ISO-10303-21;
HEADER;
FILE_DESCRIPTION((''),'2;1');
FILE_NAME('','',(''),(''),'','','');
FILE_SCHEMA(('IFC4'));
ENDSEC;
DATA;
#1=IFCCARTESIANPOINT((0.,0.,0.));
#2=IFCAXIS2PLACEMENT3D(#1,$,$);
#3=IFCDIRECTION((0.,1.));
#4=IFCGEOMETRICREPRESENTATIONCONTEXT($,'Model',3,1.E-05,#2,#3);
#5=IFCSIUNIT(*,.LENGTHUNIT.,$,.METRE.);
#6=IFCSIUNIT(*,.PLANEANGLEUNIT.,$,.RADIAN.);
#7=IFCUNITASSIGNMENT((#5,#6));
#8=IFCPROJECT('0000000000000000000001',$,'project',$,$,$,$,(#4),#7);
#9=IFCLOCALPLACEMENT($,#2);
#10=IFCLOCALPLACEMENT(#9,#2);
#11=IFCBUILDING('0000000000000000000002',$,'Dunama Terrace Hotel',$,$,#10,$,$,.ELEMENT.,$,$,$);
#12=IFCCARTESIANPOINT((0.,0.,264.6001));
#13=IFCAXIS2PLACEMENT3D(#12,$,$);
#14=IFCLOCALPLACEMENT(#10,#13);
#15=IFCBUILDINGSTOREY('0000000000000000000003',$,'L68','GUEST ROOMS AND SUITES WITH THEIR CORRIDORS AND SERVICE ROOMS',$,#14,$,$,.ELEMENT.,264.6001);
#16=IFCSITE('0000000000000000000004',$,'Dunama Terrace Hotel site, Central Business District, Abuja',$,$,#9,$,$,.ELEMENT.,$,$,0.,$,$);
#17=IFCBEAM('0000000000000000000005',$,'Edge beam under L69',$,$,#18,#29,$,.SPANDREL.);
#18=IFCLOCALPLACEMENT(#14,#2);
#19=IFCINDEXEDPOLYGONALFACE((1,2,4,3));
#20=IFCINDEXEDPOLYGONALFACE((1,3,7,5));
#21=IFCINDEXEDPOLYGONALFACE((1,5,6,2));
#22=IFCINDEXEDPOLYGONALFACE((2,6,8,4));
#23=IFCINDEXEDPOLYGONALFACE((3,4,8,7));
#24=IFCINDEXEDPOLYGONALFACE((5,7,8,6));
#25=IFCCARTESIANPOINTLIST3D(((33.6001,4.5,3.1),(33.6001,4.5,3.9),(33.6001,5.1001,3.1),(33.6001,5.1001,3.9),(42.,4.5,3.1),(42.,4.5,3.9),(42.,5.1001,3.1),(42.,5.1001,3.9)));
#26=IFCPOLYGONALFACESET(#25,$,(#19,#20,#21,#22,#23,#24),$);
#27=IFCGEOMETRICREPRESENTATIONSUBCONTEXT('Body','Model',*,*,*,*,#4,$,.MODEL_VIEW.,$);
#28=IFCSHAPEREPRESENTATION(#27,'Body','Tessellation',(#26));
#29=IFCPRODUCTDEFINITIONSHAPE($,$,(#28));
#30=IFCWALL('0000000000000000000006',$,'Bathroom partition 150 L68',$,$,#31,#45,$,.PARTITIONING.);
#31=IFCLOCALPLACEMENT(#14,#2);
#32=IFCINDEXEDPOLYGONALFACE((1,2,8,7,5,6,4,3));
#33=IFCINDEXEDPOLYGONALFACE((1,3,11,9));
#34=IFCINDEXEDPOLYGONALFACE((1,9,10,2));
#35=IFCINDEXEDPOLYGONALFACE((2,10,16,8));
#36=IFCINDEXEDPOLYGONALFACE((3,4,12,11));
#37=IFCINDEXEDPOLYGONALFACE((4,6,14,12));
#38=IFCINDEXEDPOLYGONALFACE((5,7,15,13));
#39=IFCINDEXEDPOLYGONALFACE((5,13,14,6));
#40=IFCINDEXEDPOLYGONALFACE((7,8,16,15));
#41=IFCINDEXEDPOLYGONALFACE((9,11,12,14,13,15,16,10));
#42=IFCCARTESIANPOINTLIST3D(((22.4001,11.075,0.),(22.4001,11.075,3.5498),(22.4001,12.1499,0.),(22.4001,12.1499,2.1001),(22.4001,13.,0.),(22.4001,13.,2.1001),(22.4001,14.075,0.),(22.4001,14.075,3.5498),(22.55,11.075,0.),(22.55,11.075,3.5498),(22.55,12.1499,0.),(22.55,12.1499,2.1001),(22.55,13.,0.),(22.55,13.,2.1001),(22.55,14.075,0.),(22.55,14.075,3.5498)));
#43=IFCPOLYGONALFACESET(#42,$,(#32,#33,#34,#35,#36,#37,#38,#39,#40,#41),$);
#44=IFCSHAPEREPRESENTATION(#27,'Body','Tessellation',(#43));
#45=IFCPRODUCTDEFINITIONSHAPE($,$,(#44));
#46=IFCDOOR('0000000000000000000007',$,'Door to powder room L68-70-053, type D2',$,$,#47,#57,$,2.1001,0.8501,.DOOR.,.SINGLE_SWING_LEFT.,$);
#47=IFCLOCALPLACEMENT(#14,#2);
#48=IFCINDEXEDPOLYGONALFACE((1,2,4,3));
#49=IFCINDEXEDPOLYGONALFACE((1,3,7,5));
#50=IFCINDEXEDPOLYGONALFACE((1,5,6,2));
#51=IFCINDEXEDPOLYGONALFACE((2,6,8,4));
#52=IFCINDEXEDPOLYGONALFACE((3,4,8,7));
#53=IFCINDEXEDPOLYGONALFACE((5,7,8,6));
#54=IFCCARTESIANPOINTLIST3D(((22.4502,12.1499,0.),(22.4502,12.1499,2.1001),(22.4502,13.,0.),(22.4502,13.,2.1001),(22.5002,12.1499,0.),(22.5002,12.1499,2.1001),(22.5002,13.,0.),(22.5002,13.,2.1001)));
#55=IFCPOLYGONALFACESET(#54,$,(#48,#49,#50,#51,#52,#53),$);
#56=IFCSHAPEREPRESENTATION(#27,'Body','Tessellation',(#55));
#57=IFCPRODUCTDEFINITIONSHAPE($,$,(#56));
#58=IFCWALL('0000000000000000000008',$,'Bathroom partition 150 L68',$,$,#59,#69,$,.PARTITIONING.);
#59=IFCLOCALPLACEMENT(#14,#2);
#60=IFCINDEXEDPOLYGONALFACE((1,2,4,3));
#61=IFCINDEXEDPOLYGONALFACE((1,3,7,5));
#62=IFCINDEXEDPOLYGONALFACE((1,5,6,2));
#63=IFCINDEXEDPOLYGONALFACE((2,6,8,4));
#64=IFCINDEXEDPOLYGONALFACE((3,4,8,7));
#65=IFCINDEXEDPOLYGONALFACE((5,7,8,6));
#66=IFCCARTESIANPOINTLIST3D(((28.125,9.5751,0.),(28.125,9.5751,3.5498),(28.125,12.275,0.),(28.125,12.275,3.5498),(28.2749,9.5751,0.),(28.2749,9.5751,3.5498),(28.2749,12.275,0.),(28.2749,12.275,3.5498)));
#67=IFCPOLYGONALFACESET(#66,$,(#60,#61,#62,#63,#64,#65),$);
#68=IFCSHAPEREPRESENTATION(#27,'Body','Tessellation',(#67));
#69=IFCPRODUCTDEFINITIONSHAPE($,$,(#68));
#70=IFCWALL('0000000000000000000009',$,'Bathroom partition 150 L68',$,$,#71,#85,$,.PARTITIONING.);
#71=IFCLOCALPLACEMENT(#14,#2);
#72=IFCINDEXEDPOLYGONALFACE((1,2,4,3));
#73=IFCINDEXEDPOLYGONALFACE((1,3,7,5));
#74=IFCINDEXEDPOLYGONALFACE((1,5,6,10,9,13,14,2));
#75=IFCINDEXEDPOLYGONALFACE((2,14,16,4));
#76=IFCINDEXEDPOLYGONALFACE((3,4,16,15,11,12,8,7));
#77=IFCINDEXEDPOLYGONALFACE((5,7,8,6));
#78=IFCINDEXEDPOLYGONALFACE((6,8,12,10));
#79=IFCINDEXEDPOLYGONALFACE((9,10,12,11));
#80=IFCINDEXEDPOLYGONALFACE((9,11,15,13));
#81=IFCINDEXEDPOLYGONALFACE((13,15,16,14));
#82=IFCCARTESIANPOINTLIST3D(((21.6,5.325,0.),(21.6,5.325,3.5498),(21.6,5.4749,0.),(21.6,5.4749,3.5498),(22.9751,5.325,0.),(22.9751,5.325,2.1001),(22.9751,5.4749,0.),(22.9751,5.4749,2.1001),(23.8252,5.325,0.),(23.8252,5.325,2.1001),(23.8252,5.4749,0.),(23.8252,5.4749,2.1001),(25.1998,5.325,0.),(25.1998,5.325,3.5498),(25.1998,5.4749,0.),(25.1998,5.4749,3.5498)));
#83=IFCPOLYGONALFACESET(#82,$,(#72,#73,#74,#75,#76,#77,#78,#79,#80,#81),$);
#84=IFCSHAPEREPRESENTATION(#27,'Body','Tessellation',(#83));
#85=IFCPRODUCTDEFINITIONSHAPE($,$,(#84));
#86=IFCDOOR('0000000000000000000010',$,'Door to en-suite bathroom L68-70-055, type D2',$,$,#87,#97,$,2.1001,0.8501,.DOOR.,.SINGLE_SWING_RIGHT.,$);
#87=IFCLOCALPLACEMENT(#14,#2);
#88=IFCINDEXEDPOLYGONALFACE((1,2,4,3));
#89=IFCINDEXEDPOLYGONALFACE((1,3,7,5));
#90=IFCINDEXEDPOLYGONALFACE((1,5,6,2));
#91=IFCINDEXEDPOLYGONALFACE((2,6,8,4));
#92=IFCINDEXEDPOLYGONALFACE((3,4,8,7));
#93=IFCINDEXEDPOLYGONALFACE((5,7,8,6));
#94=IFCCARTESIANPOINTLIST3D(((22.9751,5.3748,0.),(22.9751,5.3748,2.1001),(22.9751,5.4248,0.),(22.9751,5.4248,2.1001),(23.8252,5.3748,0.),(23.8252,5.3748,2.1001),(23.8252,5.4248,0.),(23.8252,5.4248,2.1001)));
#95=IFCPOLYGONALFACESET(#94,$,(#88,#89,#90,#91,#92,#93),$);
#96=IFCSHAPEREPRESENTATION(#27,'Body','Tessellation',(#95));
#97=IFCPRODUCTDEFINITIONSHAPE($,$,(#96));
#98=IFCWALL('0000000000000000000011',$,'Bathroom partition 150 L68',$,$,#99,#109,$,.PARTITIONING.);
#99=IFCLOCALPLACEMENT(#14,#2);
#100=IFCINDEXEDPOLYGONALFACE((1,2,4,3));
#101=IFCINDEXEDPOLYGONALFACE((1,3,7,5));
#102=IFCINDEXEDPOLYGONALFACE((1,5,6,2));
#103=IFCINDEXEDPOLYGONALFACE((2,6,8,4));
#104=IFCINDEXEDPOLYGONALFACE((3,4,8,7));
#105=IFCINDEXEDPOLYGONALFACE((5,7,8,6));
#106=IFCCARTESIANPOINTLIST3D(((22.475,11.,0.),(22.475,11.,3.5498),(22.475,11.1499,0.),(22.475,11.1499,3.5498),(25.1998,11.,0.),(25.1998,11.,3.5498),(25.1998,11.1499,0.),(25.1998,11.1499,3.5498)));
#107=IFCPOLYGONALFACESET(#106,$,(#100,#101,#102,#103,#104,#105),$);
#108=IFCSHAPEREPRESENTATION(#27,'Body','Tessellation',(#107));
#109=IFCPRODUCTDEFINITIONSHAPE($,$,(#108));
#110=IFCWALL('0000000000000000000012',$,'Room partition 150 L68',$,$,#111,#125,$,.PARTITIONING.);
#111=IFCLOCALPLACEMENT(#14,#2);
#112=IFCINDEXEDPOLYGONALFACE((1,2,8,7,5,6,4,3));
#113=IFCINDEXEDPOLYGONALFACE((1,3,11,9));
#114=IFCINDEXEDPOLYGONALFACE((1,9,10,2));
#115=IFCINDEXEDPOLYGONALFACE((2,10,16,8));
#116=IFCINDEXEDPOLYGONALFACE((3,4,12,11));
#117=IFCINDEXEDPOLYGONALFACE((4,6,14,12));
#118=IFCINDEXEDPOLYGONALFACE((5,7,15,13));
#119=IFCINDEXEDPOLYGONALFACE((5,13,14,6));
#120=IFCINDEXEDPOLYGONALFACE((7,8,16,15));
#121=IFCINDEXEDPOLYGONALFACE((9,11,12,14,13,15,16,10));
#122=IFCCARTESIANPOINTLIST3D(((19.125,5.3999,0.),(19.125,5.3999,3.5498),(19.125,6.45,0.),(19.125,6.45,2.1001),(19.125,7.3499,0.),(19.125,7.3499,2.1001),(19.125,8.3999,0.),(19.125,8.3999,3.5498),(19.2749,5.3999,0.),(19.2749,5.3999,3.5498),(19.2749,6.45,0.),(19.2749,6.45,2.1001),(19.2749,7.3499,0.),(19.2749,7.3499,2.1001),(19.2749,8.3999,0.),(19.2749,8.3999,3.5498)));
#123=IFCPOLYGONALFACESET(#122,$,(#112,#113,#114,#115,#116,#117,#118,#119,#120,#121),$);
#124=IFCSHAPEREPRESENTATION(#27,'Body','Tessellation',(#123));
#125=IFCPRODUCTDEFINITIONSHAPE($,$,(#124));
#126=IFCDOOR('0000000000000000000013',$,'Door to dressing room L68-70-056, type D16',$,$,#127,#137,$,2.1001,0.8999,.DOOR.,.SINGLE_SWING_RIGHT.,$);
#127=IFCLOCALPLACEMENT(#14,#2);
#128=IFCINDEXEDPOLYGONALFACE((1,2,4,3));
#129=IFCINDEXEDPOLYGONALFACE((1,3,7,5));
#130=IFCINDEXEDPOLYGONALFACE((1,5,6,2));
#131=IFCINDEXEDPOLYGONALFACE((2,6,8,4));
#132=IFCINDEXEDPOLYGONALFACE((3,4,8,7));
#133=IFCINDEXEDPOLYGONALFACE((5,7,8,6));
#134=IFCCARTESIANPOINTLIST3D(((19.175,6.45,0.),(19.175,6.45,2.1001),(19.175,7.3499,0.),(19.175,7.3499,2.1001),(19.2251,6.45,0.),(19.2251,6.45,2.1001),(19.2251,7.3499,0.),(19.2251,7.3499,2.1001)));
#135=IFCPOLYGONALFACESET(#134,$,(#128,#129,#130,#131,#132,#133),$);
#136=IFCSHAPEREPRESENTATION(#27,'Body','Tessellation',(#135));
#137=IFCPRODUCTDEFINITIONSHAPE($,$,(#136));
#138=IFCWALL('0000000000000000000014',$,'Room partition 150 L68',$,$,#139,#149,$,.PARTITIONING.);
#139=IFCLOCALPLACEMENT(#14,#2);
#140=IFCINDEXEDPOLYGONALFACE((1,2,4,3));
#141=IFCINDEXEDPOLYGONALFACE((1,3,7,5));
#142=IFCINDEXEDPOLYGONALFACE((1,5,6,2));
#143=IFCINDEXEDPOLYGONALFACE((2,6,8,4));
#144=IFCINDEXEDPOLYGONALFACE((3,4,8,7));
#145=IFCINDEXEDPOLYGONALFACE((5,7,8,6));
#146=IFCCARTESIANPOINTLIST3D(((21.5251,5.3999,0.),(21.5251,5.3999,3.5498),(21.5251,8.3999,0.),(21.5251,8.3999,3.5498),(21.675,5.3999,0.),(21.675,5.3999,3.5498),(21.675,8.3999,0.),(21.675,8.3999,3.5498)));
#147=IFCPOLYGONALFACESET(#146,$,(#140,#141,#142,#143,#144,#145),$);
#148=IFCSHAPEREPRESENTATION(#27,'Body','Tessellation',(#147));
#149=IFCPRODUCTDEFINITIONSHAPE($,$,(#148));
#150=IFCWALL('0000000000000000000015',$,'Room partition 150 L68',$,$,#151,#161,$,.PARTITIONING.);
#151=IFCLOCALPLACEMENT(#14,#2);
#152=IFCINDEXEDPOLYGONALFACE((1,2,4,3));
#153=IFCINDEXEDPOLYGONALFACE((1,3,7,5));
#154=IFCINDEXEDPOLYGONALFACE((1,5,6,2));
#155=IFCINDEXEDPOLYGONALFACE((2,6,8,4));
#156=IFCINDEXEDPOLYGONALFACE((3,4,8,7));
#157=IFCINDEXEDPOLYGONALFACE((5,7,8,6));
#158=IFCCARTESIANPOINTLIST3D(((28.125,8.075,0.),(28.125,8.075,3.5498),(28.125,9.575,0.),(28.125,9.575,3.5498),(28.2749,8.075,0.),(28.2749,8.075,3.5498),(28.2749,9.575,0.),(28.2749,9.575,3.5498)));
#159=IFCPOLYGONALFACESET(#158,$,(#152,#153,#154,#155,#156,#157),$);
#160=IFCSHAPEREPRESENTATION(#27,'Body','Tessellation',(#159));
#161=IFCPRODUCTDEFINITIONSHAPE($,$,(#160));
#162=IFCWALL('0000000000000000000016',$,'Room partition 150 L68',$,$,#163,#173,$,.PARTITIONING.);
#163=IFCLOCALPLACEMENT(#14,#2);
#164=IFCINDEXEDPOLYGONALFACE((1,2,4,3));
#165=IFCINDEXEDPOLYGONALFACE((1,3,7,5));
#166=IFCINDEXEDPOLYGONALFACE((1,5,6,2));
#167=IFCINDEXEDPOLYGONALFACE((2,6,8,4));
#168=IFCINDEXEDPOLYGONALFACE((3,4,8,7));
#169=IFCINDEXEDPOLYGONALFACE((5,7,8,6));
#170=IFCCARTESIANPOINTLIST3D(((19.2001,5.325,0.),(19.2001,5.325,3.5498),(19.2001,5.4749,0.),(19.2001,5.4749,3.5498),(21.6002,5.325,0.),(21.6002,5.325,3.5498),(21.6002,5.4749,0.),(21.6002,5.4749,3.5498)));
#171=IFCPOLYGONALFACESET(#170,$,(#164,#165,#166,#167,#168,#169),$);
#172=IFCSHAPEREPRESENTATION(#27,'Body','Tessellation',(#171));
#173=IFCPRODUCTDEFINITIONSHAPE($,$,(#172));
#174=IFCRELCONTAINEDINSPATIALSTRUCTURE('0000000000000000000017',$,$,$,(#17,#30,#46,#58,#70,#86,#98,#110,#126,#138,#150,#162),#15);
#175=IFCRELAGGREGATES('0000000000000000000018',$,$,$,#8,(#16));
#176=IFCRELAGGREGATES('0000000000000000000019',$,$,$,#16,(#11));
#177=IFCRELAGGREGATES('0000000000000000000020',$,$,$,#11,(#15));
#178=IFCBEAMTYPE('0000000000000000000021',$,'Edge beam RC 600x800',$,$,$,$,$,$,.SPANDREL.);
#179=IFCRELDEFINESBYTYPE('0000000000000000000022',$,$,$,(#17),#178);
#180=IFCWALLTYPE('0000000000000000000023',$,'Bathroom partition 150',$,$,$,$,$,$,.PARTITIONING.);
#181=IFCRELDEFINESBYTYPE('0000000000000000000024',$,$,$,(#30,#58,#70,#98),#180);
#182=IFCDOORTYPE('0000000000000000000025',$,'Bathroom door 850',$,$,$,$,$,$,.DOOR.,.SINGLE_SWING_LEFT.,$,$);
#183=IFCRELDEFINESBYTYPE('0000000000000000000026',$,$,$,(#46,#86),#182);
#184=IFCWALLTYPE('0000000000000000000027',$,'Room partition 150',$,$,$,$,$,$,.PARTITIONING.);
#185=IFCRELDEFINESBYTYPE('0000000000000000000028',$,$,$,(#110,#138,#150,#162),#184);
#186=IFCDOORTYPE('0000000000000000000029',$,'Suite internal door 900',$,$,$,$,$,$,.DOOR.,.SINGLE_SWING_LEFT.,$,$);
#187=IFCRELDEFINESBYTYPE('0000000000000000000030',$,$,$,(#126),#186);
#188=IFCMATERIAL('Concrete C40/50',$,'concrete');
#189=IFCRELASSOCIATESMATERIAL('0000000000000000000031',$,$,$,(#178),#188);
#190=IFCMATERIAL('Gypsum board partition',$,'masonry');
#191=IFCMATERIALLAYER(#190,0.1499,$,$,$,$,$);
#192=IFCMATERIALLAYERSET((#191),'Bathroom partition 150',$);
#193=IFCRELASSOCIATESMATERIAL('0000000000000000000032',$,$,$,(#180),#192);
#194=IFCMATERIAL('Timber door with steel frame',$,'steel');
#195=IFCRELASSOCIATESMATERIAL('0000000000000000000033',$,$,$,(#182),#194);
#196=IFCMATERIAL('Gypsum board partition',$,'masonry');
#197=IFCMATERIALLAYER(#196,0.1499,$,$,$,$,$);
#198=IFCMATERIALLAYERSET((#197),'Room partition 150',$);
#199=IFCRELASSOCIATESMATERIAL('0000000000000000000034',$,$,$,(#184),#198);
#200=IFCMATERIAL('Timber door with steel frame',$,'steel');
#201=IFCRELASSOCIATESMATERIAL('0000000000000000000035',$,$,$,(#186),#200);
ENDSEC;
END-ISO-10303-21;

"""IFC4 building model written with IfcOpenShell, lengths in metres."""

from ifc_helpers import new_model, si_unit, direction, frame, frame_2d, origin, origin_2d, place, context, subcontext, project, spatial, rectangle, extrude, material, layer, layer_set, material_profile, profile_set, type_object, element, fill, save


model = new_model("IFC4")

# Units and contexts
model_context = context("Model", 3, precision=1e-05, world=origin(), true_north=direction((0.0, 1.0)))
body_context = subcontext(model_context, "Body", "Model", "MODEL_VIEW")
ifc_project = project(units=[si_unit("LENGTHUNIT", "METRE"), si_unit("PLANEANGLEUNIT", "RADIAN")], contexts=[model_context])

# Site, building, storey
site_placement = place(None, origin())
site = spatial("IfcSite", under=ifc_project, at=site_placement, Name="Dunama Terrace Hotel site, Central Business District, Abuja", CompositionType="ELEMENT", RefElevation=0.0)
building_placement = place(site_placement, origin())
building = spatial("IfcBuilding", under=site, at=building_placement, Name="Dunama Terrace Hotel", CompositionType="ELEMENT")
storey_placement = place(building_placement, frame((0.0, 0.0, 264.6001)))
storey = spatial("IfcBuildingStorey", under=building, at=storey_placement, Name="L68", Description="GUEST ROOMS AND SUITES WITH THEIR CORRIDORS AND SERVICE ROOMS", CompositionType="ELEMENT", Elevation=264.6001)

# Beam
ifc_material_1 = material(Name="Concrete C40/50", Category="concrete")
ifc_material_profile = material_profile(ifc_material_1, rectangle(XDim=0.6001, YDim=0.8, at=origin_2d()), Name="RC 600x800")
ifc_profile_set = profile_set([ifc_material_profile], Name="Concrete C40/50")
beam_type = type_object("IfcBeamType", Name="Edge beam RC 600x800", PredefinedType="SPANDREL", material=ifc_profile_set)
beam_placement = place(storey_placement, frame((33.6001, 4.8, 3.5), z_axis=(1.0, 0.0, 0.0), x_axis=(0.0, 1.0, 0.0)))
element("IfcBeam", 1, at=beam_placement, inside=storey, type_object=beam_type, Name="Edge beam under L69", PredefinedType="SPANDREL", context=body_context, shape_type="SweptSolid", body=[
    extrude(rectangle(XDim=0.6001, YDim=0.8, at=origin_2d()), origin(), (0.0, 0.0, 1.0), 8.3999),
])

# Wall, opening, door
ifc_material_2 = material(Name="Gypsum board partition", Category="masonry")
ifc_layer_1 = layer(ifc_material_2, 0.1499)
ifc_layer_set_1 = layer_set([ifc_layer_1], Name="Bathroom partition 150")
wall_type_1 = type_object("IfcWallType", Name="Bathroom partition 150", PredefinedType="PARTITIONING", material=ifc_layer_set_1)
wall_1_placement = place(storey_placement, frame((22.4751, 11.075, 0.0), z_axis=(0.0, 0.0, 1.0), x_axis=(0.0, 1.0, 0.0)))
wall_1 = element("IfcWall", 2, at=wall_1_placement, inside=storey, type_object=wall_type_1, Name="Bathroom partition 150 L68", PredefinedType="PARTITIONING", context=body_context, shape_type="SweptSolid", body=[
    extrude(rectangle(XDim=3.0, YDim=0.1499, at=frame_2d((1.5, 0.0))), origin(), (0.0, 0.0, 1.0), 3.5498),
])
opening_1_placement = place(wall_1_placement, frame((1.075, 0.0, 0.0)))
opening_1 = element("IfcOpeningElement", 3, at=opening_1_placement, cuts=wall_1, PredefinedType="OPENING", context=body_context, shape_type="SweptSolid", body=[
    extrude(rectangle(XDim=0.8501, YDim=2.1001, at=frame_2d((0.425, 1.05))), frame((0.0, 0.085, 0.0), z_axis=(0.0, -1.0, 0.0), x_axis=(1.0, 0.0, 0.0)), (0.0, 0.0, 1.0), 0.1699),
])
ifc_material_3 = material(Name="Timber door with steel frame", Category="steel")
door_type_1 = type_object("IfcDoorType", Name="Bathroom door 850", OperationType="SINGLE_SWING_LEFT", PredefinedType="DOOR", material=ifc_material_3)
door_1_placement = place(opening_1_placement, frame((0.8501, 0.0, 0.0), z_axis=(0.0, 0.0, 1.0), x_axis=(-1.0, 0.0, 0.0)))
door_1 = element("IfcDoor", 4, at=door_1_placement, inside=storey, type_object=door_type_1, Name="Door to powder room L68-70-053, type D2", OperationType="SINGLE_SWING_LEFT", OverallHeight=2.1001, OverallWidth=0.8501, PredefinedType="DOOR", context=body_context, shape_type="SweptSolid", body=[
    extrude(rectangle(XDim=0.8501, YDim=2.1001, at=frame_2d((0.425, 1.05))), frame((0.0, 0.0251, 0.0), z_axis=(0.0, -1.0, 0.0), x_axis=(1.0, 0.0, 0.0)), (0.0, 0.0, 1.0), 0.05),
])
fill(opening_1, door_1)

# Wall
wall_2_placement = place(storey_placement, frame((28.2, 9.575, 0.0), z_axis=(0.0, 0.0, 1.0), x_axis=(0.0, 1.0, 0.0)))
element("IfcWall", 5, at=wall_2_placement, inside=storey, type_object=wall_type_1, Name="Bathroom partition 150 L68", PredefinedType="PARTITIONING", context=body_context, shape_type="SweptSolid", body=[
    extrude(rectangle(XDim=2.7, YDim=0.1499, at=frame_2d((1.3501, 0.0))), origin(), (0.0, 0.0, 1.0), 3.5498),
])

# Wall, opening, door
wall_3_placement = place(storey_placement, frame((21.6001, 5.3999, 0.0), z_axis=(0.0, 0.0, 1.0), x_axis=(1.0, 0.0, 0.0)))
wall_3 = element("IfcWall", 6, at=wall_3_placement, inside=storey, type_object=wall_type_1, Name="Bathroom partition 150 L68", PredefinedType="PARTITIONING", context=body_context, shape_type="SweptSolid", body=[
    extrude(rectangle(XDim=3.5999, YDim=0.1499, at=frame_2d((1.7998, 0.0))), origin(), (0.0, 0.0, 1.0), 3.5498),
])
opening_2_placement = place(wall_3_placement, frame((1.375, 0.0, 0.0)))
opening_2 = element("IfcOpeningElement", 7, at=opening_2_placement, cuts=wall_3, PredefinedType="OPENING", context=body_context, shape_type="SweptSolid", body=[
    extrude(rectangle(XDim=0.8501, YDim=2.1001, at=frame_2d((0.425, 1.05))), frame((0.0, 0.085, 0.0), z_axis=(0.0, -1.0, 0.0), x_axis=(1.0, 0.0, 0.0)), (0.0, 0.0, 1.0), 0.1699),
])
door_2_placement = place(opening_2_placement, origin())
door_2 = element("IfcDoor", 8, at=door_2_placement, inside=storey, type_object=door_type_1, Name="Door to en-suite bathroom L68-70-055, type D2", OperationType="SINGLE_SWING_RIGHT", OverallHeight=2.1001, OverallWidth=0.8501, PredefinedType="DOOR", context=body_context, shape_type="SweptSolid", body=[
    extrude(rectangle(XDim=0.8501, YDim=2.1001, at=frame_2d((0.425, 1.05))), frame((0.0, 0.0249, 0.0), z_axis=(0.0, -1.0, 0.0), x_axis=(1.0, 0.0, 0.0)), (0.0, 0.0, 1.0), 0.05),
])
fill(opening_2, door_2)

# Wall
wall_4_placement = place(storey_placement, frame((22.4751, 11.075, 0.0), z_axis=(0.0, 0.0, 1.0), x_axis=(1.0, 0.0, 0.0)))
element("IfcWall", 9, at=wall_4_placement, inside=storey, type_object=wall_type_1, Name="Bathroom partition 150 L68", PredefinedType="PARTITIONING", context=body_context, shape_type="SweptSolid", body=[
    extrude(rectangle(XDim=2.7249, YDim=0.1499, at=frame_2d((1.3623, 0.0))), origin(), (0.0, 0.0, 1.0), 3.5498),
])

# Wall, opening, door
ifc_material_4 = material(Name="Gypsum board partition", Category="masonry")
ifc_layer_2 = layer(ifc_material_4, 0.1499)
ifc_layer_set_2 = layer_set([ifc_layer_2], Name="Room partition 150")
wall_type_2 = type_object("IfcWallType", Name="Room partition 150", PredefinedType="PARTITIONING", material=ifc_layer_set_2)
wall_5_placement = place(storey_placement, frame((19.2, 5.3999, 0.0), z_axis=(0.0, 0.0, 1.0), x_axis=(0.0, 1.0, 0.0)))
wall_5 = element("IfcWall", 10, at=wall_5_placement, inside=storey, type_object=wall_type_2, Name="Room partition 150 L68", PredefinedType="PARTITIONING", context=body_context, shape_type="SweptSolid", body=[
    extrude(rectangle(XDim=3.0, YDim=0.1499, at=frame_2d((1.5, 0.0))), origin(), (0.0, 0.0, 1.0), 3.5498),
])
opening_3_placement = place(wall_5_placement, frame((1.05, 0.0, 0.0)))
opening_3 = element("IfcOpeningElement", 11, at=opening_3_placement, cuts=wall_5, PredefinedType="OPENING", context=body_context, shape_type="SweptSolid", body=[
    extrude(rectangle(XDim=0.8999, YDim=2.1001, at=frame_2d((0.45, 1.05))), frame((0.0, 0.085, 0.0), z_axis=(0.0, -1.0, 0.0), x_axis=(1.0, 0.0, 0.0)), (0.0, 0.0, 1.0), 0.1699),
])
ifc_material_5 = material(Name="Timber door with steel frame", Category="steel")
door_type_2 = type_object("IfcDoorType", Name="Suite internal door 900", OperationType="SINGLE_SWING_LEFT", PredefinedType="DOOR", material=ifc_material_5)
door_3_placement = place(opening_3_placement, frame((0.8999, 0.0, 0.0), z_axis=(0.0, 0.0, 1.0), x_axis=(-1.0, 0.0, 0.0)))
door_3 = element("IfcDoor", 12, at=door_3_placement, inside=storey, type_object=door_type_2, Name="Door to dressing room L68-70-056, type D16", OperationType="SINGLE_SWING_RIGHT", OverallHeight=2.1001, OverallWidth=0.8999, PredefinedType="DOOR", context=body_context, shape_type="SweptSolid", body=[
    extrude(rectangle(XDim=0.8999, YDim=2.1001, at=frame_2d((0.45, 1.05))), frame((0.0, 0.0251, 0.0), z_axis=(0.0, -1.0, 0.0), x_axis=(1.0, 0.0, 0.0)), (0.0, 0.0, 1.0), 0.05),
])
fill(opening_3, door_3)

# Walls
wall_6_placement = place(storey_placement, frame((21.6001, 5.3999, 0.0), z_axis=(0.0, 0.0, 1.0), x_axis=(0.0, 1.0, 0.0)))
element("IfcWall", 13, at=wall_6_placement, inside=storey, type_object=wall_type_2, Name="Room partition 150 L68", PredefinedType="PARTITIONING", context=body_context, shape_type="SweptSolid", body=[
    extrude(rectangle(XDim=3.0, YDim=0.1499, at=frame_2d((1.5, 0.0))), origin(), (0.0, 0.0, 1.0), 3.5498),
])
wall_7_placement = place(storey_placement, frame((28.2, 8.075, 0.0), z_axis=(0.0, 0.0, 1.0), x_axis=(0.0, 1.0, 0.0)))
element("IfcWall", 14, at=wall_7_placement, inside=storey, type_object=wall_type_2, Name="Room partition 150 L68", PredefinedType="PARTITIONING", context=body_context, shape_type="SweptSolid", body=[
    extrude(rectangle(XDim=1.5, YDim=0.1499, at=frame_2d((0.75, 0.0))), origin(), (0.0, 0.0, 1.0), 3.5498),
])
wall_8_placement = place(storey_placement, frame((19.2, 5.3999, 0.0), z_axis=(0.0, 0.0, 1.0), x_axis=(1.0, 0.0, 0.0)))
element("IfcWall", 15, at=wall_8_placement, inside=storey, type_object=wall_type_2, Name="Room partition 150 L68", PredefinedType="PARTITIONING", context=body_context, shape_type="SweptSolid", body=[
    extrude(rectangle(XDim=2.4001, YDim=0.1499, at=frame_2d((1.2002, 0.0))), origin(), (0.0, 0.0, 1.0), 3.5498),
])

save(model, "model.ifc")
